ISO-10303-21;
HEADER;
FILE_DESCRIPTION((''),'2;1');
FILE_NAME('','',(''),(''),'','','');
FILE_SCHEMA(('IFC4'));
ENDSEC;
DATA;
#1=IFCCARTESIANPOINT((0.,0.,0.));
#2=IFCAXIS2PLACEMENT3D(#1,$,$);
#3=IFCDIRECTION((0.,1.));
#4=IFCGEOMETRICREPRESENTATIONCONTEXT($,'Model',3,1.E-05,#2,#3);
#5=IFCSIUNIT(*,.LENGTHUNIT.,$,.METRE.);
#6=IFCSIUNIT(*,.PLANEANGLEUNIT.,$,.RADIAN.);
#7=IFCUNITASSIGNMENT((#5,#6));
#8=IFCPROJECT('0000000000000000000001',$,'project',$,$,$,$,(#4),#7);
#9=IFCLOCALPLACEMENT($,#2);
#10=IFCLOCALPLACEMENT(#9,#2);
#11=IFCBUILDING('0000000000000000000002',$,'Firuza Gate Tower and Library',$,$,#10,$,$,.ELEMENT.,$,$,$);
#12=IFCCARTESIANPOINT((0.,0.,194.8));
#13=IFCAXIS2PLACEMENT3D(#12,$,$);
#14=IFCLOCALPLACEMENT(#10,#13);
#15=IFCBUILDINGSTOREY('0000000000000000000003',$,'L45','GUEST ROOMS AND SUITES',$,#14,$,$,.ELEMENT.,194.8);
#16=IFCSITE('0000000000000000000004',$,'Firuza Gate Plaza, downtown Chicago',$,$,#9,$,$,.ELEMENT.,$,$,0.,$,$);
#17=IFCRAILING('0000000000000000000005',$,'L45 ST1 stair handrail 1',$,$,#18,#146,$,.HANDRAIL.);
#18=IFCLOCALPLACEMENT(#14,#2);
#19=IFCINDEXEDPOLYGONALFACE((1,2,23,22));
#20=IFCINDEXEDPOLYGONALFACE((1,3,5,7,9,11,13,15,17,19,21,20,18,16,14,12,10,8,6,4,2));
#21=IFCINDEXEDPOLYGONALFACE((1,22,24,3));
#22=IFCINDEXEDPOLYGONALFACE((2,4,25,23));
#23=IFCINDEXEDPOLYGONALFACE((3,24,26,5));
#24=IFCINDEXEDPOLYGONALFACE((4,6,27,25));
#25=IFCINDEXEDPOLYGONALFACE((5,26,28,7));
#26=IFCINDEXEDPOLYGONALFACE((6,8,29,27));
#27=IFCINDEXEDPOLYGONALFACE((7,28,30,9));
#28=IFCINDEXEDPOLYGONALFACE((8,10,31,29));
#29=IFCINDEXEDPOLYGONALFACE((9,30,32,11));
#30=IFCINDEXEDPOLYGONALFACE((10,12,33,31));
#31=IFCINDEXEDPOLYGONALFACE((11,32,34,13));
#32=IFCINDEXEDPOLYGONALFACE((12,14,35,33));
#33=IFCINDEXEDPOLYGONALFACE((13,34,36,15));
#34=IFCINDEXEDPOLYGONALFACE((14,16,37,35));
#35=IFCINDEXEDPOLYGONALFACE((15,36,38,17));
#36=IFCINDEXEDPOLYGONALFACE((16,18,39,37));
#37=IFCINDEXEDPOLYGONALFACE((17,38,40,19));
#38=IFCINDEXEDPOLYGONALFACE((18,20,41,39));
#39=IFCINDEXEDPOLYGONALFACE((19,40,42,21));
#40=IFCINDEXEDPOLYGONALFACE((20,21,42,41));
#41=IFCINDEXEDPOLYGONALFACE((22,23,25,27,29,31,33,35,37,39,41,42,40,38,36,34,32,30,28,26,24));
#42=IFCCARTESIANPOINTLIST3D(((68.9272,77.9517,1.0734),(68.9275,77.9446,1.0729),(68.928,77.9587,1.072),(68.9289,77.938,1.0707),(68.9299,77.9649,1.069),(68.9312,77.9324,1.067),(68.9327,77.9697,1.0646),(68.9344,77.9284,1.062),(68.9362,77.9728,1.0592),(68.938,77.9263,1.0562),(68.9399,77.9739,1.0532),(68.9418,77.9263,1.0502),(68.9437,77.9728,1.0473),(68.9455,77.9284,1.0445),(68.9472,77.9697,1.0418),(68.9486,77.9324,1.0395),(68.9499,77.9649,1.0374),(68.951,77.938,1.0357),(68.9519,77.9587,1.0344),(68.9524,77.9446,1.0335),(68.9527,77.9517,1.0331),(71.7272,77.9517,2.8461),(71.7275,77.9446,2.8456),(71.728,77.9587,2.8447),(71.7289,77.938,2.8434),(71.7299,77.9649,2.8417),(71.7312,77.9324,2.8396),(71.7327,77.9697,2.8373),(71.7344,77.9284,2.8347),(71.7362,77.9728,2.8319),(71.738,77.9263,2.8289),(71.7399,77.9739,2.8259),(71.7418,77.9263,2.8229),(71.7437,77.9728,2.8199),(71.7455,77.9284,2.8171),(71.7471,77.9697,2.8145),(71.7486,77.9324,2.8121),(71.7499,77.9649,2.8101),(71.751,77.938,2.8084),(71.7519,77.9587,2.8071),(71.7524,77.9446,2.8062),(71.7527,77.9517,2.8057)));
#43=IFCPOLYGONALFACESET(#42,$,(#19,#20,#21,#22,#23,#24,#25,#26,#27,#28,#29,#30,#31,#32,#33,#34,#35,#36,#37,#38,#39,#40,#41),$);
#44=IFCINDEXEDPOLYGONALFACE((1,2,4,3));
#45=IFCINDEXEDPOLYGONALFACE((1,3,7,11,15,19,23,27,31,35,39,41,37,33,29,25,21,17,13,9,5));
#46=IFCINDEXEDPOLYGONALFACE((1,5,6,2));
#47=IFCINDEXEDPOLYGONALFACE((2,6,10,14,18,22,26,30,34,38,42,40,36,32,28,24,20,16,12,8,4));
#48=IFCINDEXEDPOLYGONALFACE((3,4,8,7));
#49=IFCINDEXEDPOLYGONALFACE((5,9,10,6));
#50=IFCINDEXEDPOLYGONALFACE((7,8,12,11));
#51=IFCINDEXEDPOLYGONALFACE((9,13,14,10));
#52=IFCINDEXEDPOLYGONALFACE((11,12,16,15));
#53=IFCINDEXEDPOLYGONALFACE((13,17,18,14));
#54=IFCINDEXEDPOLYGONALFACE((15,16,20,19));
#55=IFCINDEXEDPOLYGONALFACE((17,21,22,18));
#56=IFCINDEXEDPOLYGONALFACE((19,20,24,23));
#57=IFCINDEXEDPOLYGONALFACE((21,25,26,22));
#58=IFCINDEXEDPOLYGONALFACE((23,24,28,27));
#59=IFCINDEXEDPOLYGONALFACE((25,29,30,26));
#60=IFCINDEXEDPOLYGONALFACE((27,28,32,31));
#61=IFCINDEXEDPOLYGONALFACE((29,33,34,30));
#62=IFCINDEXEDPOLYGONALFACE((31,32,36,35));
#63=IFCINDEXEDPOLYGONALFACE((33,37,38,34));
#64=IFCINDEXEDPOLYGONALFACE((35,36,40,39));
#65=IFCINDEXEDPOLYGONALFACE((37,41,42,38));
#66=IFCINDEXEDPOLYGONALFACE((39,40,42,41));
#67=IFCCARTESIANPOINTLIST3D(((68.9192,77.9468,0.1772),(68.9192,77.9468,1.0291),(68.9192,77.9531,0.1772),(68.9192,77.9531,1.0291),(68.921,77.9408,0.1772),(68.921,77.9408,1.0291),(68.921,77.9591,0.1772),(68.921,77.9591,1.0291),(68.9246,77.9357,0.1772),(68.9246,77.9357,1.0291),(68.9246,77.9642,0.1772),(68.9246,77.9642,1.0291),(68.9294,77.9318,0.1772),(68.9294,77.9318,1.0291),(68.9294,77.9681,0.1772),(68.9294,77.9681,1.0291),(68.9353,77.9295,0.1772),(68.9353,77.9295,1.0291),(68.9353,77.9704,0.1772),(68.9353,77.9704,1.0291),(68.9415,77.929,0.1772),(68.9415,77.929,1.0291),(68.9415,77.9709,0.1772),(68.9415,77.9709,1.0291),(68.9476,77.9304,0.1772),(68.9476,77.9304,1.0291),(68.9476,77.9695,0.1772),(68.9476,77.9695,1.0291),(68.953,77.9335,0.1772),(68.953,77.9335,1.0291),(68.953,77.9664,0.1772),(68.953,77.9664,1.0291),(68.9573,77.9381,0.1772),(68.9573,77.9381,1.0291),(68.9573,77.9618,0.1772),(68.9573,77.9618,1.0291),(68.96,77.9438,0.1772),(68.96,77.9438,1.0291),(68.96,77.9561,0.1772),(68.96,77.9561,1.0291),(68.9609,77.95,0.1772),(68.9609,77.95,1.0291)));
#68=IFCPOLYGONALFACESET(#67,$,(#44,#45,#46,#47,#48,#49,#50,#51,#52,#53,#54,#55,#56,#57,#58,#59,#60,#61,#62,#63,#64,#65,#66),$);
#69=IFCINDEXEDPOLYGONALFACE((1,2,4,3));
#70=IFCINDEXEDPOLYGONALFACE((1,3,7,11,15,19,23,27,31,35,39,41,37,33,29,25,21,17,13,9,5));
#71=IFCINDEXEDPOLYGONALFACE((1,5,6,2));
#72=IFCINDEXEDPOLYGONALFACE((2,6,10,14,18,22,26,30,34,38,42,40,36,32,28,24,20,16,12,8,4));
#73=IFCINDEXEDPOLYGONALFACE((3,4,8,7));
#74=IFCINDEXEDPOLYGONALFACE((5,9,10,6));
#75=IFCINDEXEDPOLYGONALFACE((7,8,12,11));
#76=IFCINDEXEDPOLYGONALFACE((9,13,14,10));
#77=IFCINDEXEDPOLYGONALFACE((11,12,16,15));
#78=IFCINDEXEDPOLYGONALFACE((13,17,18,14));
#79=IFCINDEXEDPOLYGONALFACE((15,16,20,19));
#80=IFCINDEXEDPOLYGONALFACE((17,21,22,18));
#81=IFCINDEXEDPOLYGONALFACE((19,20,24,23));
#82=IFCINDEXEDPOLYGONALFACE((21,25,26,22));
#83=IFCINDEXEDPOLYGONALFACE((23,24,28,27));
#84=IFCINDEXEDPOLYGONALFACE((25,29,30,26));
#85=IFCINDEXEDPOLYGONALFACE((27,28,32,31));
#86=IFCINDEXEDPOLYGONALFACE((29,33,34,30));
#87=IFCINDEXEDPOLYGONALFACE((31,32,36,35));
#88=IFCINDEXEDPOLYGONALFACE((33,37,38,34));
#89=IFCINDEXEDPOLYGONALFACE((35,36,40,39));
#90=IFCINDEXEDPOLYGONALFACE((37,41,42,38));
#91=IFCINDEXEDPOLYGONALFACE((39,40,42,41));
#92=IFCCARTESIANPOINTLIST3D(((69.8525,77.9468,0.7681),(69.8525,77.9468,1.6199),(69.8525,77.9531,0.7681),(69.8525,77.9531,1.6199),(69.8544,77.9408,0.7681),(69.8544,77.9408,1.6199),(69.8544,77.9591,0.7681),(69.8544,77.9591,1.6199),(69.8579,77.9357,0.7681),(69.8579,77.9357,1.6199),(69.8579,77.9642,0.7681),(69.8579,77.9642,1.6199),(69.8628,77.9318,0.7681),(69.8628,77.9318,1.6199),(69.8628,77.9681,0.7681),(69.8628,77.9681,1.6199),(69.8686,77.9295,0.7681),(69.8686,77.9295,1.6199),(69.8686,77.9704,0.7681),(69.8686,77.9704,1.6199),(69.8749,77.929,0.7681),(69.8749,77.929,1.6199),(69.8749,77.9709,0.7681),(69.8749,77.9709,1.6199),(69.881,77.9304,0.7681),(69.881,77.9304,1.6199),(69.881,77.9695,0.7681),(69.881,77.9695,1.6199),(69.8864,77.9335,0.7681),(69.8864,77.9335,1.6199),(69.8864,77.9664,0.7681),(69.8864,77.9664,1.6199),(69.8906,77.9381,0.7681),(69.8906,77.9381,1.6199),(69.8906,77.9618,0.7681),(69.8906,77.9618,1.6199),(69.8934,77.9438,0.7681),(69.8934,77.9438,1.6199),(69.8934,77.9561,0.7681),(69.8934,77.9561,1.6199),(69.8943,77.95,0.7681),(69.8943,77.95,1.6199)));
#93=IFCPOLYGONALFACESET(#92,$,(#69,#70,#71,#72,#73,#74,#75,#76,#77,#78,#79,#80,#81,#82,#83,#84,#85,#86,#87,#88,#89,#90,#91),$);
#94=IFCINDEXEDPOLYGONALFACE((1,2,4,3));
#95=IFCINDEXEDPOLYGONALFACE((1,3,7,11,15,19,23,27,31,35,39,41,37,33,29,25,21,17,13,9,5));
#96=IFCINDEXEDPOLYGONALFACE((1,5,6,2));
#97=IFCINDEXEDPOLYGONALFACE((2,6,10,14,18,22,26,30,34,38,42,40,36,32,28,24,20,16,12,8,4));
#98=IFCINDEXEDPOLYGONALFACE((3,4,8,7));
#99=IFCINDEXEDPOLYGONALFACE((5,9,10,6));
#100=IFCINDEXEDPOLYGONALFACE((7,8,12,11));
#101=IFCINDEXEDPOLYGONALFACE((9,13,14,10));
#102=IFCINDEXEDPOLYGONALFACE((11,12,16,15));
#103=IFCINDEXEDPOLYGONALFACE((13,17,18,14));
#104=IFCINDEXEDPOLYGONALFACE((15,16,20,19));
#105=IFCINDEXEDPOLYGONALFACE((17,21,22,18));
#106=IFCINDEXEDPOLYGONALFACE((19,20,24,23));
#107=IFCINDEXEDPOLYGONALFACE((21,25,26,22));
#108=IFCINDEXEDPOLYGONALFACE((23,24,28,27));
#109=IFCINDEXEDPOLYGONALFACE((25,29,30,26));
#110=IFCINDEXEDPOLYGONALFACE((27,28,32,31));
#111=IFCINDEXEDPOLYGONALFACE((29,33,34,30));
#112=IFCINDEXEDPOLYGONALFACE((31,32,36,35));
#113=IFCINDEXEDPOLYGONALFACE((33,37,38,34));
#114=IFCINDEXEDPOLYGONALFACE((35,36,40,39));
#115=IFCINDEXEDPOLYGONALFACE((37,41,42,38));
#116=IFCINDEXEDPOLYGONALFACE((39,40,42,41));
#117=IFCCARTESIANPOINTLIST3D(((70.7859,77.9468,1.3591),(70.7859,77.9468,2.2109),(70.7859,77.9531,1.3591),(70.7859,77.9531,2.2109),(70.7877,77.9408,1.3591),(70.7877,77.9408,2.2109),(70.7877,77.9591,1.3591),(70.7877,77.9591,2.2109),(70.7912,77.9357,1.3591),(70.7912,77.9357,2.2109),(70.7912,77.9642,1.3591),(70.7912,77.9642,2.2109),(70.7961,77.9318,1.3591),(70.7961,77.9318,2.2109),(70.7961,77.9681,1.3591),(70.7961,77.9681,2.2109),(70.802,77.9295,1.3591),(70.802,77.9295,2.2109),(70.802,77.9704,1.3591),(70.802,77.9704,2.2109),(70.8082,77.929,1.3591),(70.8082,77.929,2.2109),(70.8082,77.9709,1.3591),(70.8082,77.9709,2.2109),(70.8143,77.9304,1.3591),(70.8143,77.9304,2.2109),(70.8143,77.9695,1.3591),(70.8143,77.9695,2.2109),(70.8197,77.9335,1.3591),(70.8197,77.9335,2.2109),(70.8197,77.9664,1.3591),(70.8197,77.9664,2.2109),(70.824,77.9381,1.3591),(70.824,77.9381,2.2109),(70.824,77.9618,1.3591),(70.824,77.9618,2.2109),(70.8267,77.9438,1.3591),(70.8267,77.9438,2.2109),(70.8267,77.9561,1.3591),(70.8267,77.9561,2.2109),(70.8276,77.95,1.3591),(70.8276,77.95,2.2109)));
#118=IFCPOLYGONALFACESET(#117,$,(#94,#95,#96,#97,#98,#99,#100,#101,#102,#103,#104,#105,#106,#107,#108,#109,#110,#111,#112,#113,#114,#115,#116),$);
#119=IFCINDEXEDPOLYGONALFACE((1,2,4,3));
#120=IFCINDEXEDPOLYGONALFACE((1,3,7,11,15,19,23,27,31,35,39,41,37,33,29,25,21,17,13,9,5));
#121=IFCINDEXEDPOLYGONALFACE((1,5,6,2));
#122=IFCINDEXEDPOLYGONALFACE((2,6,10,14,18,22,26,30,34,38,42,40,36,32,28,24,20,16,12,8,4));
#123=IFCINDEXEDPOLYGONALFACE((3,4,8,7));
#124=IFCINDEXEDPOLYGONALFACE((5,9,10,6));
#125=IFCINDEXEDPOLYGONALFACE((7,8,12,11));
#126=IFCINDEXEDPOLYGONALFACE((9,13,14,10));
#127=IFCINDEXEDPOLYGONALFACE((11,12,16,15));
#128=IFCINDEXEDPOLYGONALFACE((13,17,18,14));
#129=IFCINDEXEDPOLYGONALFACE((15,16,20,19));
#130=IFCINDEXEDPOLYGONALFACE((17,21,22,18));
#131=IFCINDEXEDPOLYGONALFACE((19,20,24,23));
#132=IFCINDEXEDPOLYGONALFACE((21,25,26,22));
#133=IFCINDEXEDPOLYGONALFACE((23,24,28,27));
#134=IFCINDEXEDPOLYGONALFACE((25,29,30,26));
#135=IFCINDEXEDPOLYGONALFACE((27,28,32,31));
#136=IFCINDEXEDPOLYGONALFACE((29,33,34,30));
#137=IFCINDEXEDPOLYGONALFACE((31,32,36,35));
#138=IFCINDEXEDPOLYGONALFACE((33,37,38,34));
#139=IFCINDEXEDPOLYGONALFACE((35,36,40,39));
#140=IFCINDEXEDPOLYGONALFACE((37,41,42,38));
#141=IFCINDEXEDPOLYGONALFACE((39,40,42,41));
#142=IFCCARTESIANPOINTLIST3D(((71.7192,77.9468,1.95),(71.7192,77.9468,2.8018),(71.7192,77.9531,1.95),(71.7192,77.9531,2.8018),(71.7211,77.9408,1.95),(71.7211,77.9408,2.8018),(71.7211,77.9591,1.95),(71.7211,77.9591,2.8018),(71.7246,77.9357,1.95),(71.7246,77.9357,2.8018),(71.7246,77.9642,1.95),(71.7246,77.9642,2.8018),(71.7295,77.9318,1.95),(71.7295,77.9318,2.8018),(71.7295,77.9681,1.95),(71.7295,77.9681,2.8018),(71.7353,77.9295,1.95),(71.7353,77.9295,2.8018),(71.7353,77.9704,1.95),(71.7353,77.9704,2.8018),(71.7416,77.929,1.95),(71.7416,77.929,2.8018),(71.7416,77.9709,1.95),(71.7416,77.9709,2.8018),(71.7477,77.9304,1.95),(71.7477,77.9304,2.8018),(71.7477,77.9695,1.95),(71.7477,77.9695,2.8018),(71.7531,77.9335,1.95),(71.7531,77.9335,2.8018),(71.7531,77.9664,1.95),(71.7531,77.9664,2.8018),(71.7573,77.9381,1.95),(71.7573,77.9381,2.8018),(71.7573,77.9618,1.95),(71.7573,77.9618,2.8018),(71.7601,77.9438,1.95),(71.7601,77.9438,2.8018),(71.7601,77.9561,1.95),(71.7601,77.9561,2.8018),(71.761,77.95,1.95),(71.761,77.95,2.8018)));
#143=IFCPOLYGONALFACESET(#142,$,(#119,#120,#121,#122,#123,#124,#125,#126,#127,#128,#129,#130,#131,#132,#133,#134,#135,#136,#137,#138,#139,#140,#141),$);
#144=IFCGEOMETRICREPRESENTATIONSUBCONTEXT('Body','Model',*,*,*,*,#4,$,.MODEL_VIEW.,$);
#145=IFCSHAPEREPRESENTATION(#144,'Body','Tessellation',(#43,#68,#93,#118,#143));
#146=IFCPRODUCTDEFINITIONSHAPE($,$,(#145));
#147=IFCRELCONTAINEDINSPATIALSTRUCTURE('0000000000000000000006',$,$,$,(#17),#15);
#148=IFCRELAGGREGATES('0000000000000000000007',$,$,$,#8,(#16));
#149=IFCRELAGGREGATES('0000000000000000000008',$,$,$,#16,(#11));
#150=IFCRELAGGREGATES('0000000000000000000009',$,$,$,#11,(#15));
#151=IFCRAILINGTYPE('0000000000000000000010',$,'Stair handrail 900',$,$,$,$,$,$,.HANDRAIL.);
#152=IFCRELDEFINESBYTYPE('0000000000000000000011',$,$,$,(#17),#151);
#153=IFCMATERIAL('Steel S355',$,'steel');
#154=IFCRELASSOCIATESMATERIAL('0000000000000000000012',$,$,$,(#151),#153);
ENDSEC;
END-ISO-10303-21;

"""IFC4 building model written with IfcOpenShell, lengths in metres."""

from ifc_helpers import new_model, si_unit, direction, frame, origin, origin_2d, place, context, subcontext, project, spatial, circle, extrude, material, type_object, element, save


model = new_model("IFC4")

# Units and contexts
model_context = context("Model", 3, precision=1e-05, world=origin(), true_north=direction((0.0, 1.0)))
body_context = subcontext(model_context, "Body", "Model", "MODEL_VIEW")
ifc_project = project(units=[si_unit("LENGTHUNIT", "METRE"), si_unit("PLANEANGLEUNIT", "RADIAN")], contexts=[model_context])

# Site, building, storey
site_placement = place(None, origin())
site = spatial("IfcSite", under=ifc_project, at=site_placement, Name="Firuza Gate Plaza, downtown Chicago", CompositionType="ELEMENT", RefElevation=0.0)
building_placement = place(site_placement, origin())
building = spatial("IfcBuilding", under=site, at=building_placement, Name="Firuza Gate Tower and Library", CompositionType="ELEMENT")
storey_placement = place(building_placement, frame((0.0, 0.0, 194.8)))
storey = spatial("IfcBuildingStorey", under=building, at=storey_placement, Name="L45", Description="GUEST ROOMS AND SUITES", CompositionType="ELEMENT", Elevation=194.8)

# Railing
ifc_material_1 = material(Name="Steel S355", Category="steel")
railing_type = type_object("IfcRailingType", Name="Stair handrail 900", PredefinedType="HANDRAIL", material=ifc_material_1)
railing_placement = place(storey_placement, frame((68.9399, 77.95, 0.1772)))
element("IfcRailing", 1, at=railing_placement, inside=storey, type_object=railing_type, Name="L45 ST1 stair handrail 1", PredefinedType="HANDRAIL", context=body_context, shape_type="SweptSolid", body=[
    extrude(circle(Radius=0.0239, at=origin_2d()), frame((0.0, 0.0, 0.876), z_axis=(0.844909, 0.0, 0.53491), x_axis=(0.0, 1.0, 0.0)), (0.0, 0.0, 1.0), 3.314),
    extrude(circle(Radius=0.021, at=origin_2d()), origin(), (0.0, 0.0, 1.0), 0.8518),
    extrude(circle(Radius=0.021, at=origin_2d()), frame((0.9333, 0.0, 0.5908)), (0.0, 0.0, 1.0), 0.8518),
    extrude(circle(Radius=0.021, at=origin_2d()), frame((1.8667, 0.0, 1.1819)), (0.0, 0.0, 1.0), 0.8518),
    extrude(circle(Radius=0.021, at=origin_2d()), frame((2.8, 0.0, 1.7727)), (0.0, 0.0, 1.0), 0.8518),
])

save(model, "model.ifc")
